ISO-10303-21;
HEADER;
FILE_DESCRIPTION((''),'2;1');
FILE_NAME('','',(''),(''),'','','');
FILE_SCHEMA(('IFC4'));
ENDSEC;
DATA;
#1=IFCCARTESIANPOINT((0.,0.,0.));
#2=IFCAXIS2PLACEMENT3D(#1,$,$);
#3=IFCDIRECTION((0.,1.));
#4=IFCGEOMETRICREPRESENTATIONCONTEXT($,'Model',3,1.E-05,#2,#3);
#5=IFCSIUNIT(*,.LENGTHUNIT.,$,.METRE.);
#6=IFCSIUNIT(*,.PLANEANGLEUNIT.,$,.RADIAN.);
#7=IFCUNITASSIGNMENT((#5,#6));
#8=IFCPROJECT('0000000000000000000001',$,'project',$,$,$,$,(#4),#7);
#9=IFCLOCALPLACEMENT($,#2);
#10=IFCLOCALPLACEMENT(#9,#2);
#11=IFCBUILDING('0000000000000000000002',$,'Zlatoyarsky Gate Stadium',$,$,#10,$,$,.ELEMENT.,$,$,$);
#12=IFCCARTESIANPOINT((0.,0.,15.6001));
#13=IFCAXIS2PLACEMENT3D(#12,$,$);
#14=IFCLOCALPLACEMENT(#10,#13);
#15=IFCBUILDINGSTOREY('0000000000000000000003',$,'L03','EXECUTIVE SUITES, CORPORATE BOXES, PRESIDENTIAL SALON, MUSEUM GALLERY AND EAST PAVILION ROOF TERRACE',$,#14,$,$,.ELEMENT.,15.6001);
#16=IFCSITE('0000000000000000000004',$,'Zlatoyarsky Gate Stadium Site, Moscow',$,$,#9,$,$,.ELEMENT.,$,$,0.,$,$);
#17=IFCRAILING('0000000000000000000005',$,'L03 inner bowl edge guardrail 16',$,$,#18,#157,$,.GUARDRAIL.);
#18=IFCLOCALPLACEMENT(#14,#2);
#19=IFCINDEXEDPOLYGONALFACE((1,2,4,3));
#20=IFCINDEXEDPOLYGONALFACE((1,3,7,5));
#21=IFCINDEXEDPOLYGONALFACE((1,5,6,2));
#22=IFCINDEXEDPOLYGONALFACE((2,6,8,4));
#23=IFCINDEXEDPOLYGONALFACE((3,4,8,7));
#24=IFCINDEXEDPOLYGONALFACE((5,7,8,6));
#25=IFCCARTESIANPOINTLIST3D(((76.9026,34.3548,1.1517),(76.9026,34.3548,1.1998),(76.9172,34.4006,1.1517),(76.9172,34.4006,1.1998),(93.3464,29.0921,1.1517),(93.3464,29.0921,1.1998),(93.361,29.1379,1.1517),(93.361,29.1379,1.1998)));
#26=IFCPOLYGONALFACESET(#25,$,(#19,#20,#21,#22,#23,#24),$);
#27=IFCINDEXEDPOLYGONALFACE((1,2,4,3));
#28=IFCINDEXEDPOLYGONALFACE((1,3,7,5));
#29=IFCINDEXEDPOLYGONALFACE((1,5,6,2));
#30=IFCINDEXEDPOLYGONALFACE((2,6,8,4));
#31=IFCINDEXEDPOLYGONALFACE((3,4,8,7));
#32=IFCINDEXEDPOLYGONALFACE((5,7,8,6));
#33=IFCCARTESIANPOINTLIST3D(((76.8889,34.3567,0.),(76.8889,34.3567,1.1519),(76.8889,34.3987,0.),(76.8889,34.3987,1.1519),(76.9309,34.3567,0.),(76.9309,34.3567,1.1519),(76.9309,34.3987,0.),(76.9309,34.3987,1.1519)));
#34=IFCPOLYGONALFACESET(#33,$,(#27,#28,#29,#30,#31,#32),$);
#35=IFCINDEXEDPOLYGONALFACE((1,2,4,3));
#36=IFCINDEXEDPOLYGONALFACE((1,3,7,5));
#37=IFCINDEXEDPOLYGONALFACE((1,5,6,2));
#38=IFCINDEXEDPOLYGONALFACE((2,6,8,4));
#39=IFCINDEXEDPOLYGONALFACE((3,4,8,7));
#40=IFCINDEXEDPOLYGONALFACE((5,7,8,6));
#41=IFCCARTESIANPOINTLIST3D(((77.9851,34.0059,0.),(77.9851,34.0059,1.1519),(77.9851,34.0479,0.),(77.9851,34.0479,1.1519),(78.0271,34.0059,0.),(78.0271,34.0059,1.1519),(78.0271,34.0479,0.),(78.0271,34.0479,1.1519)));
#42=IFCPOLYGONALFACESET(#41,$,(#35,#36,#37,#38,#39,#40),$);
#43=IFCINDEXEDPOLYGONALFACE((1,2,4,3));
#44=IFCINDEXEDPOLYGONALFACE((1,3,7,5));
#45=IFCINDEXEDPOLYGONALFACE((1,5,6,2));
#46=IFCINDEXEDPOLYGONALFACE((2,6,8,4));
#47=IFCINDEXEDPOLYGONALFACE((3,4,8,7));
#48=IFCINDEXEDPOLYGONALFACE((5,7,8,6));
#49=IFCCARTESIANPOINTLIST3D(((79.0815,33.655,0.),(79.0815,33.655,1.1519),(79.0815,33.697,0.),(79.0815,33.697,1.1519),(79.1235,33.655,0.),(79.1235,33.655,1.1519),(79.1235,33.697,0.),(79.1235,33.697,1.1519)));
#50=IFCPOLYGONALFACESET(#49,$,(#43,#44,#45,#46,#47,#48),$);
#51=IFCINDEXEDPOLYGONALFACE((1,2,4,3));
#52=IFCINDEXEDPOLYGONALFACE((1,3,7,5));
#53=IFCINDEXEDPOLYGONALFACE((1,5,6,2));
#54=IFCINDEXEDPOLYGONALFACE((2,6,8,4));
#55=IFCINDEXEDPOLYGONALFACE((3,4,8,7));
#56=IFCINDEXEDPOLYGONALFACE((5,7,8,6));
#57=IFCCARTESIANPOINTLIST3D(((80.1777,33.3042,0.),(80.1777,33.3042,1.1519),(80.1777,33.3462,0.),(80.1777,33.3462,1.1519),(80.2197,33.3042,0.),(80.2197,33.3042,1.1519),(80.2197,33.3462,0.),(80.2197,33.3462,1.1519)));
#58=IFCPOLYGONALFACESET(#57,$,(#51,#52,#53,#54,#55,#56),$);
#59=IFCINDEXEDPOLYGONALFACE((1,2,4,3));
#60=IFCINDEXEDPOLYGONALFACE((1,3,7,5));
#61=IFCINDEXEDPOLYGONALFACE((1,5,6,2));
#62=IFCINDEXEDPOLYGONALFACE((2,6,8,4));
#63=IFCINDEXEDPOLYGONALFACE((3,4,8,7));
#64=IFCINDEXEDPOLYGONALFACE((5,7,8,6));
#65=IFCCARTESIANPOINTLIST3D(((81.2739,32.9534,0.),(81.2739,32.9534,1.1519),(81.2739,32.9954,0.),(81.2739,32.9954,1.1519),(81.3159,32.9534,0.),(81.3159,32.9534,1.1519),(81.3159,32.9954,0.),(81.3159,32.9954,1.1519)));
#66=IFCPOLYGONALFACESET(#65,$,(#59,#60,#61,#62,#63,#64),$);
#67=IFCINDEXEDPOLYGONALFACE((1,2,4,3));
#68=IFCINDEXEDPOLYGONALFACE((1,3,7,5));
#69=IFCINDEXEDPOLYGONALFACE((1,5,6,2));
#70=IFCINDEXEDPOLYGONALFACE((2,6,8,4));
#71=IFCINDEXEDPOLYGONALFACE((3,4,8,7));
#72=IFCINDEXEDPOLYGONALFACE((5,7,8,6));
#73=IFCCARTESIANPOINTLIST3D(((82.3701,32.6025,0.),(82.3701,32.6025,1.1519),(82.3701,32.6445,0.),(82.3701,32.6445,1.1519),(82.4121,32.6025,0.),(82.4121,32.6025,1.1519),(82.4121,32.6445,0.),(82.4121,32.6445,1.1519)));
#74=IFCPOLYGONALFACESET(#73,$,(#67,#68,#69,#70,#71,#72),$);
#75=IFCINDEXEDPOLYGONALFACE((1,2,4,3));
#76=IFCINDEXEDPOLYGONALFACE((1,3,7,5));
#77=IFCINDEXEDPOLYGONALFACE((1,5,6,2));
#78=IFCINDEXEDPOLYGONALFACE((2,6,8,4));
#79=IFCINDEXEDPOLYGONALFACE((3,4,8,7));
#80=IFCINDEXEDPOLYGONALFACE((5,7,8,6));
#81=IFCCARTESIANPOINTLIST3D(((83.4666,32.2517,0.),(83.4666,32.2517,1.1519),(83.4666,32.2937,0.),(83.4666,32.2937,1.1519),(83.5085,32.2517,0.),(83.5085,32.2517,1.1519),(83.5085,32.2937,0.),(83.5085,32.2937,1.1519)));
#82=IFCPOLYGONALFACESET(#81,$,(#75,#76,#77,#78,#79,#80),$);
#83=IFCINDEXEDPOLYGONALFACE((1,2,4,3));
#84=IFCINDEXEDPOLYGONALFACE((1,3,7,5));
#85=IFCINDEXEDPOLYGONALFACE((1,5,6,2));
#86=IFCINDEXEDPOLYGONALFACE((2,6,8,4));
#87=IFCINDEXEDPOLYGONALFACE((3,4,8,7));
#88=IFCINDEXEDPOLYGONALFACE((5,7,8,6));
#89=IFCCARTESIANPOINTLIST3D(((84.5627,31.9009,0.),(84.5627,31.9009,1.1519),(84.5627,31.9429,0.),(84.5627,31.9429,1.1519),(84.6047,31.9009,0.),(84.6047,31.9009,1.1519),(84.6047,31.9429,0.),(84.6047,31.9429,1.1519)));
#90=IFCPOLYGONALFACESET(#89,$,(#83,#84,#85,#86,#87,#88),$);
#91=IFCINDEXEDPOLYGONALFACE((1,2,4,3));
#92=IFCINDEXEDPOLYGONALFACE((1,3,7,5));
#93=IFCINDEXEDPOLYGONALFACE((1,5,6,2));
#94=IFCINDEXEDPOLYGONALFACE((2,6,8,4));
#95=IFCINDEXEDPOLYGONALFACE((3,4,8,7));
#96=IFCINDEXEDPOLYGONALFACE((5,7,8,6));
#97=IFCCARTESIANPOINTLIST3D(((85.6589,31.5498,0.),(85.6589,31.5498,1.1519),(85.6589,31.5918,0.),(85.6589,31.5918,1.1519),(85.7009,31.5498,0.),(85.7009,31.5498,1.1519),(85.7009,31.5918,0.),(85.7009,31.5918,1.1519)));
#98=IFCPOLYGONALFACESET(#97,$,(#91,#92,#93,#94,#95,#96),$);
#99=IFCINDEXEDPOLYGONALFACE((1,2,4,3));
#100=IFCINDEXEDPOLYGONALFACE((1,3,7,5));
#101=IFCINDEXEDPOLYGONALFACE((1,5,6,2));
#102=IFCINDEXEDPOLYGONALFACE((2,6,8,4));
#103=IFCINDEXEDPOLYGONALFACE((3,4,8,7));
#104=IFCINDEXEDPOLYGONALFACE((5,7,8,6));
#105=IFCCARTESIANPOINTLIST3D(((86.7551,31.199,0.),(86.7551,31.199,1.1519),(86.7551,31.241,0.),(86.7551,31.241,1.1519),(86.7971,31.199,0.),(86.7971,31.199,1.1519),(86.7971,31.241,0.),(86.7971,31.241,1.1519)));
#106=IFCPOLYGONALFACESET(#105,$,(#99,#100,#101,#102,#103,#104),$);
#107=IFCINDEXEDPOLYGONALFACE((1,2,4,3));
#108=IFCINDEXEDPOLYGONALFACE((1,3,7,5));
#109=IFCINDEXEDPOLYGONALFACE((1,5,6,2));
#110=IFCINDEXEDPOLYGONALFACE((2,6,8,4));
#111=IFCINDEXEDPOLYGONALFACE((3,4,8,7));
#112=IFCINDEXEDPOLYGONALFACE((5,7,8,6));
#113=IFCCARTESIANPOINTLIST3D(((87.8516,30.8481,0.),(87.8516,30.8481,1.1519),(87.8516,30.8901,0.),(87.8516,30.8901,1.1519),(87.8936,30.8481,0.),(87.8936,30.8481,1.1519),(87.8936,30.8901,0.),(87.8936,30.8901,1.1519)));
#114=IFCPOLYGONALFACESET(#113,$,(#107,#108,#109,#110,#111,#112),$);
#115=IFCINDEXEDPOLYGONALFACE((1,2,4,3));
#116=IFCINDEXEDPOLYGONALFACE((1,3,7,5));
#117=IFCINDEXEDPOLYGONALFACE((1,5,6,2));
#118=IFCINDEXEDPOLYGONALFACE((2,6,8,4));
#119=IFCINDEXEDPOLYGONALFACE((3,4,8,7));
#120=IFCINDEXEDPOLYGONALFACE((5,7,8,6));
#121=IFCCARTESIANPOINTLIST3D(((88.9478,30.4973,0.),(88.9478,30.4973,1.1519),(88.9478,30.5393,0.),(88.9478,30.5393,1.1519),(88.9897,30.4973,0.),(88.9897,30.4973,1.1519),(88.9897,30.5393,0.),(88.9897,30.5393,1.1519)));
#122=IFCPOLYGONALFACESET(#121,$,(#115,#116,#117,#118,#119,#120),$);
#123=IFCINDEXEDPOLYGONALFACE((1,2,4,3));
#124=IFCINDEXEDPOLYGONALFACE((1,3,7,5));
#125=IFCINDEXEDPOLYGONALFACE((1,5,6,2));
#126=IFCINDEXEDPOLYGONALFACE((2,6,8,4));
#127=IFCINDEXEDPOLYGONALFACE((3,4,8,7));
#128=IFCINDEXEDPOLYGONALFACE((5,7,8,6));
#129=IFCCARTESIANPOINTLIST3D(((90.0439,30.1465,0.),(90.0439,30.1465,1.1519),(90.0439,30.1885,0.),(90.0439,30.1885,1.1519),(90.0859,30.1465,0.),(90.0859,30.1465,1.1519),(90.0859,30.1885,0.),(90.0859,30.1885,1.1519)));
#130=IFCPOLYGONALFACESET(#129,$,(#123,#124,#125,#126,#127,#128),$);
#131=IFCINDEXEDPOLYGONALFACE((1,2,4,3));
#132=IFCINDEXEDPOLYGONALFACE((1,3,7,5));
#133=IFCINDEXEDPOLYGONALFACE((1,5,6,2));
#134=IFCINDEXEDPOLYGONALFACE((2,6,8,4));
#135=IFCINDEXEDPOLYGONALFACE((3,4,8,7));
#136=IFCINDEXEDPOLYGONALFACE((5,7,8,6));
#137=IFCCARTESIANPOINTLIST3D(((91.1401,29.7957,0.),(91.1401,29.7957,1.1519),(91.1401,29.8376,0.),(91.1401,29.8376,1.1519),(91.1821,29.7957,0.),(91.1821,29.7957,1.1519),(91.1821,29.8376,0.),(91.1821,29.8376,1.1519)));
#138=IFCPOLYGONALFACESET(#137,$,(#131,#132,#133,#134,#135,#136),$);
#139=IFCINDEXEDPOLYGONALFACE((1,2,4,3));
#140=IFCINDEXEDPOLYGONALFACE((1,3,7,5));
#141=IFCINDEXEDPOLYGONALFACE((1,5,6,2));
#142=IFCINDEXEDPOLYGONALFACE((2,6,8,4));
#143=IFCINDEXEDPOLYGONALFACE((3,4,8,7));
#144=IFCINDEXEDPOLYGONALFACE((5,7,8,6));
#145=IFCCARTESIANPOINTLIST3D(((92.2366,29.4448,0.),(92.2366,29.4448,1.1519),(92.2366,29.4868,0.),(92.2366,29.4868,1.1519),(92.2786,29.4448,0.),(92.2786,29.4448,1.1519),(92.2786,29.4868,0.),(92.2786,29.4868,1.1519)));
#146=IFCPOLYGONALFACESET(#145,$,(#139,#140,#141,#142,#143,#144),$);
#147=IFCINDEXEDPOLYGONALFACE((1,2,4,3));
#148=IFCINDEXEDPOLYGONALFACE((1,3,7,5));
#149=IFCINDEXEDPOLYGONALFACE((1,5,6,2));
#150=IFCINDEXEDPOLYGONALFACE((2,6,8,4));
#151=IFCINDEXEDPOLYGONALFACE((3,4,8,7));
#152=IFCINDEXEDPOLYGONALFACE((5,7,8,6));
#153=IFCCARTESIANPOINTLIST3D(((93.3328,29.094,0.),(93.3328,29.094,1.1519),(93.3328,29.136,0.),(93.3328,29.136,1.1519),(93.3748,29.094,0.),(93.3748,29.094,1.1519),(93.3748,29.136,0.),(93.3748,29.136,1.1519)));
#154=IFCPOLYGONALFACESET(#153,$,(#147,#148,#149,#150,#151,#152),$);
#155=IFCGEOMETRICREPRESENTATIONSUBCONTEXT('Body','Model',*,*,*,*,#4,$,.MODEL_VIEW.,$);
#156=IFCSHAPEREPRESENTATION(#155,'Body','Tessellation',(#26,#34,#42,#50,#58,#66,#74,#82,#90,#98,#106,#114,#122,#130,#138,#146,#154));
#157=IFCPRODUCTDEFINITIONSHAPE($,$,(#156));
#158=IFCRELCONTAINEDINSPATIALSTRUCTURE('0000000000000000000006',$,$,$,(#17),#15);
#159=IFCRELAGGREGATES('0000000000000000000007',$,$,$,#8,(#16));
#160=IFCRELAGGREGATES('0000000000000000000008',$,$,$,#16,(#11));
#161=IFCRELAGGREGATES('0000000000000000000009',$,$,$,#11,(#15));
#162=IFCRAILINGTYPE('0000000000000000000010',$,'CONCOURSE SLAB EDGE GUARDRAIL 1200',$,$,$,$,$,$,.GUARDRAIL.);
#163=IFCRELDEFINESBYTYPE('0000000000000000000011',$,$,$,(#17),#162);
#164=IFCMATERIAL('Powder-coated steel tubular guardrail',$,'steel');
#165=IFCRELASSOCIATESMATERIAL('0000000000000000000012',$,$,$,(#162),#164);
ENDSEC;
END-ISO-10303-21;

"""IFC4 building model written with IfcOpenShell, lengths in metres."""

from ifc_helpers import new_model, si_unit, direction, frame, origin, origin_2d, place, context, subcontext, project, spatial, rectangle, extrude, material, type_object, element, save


model = new_model("IFC4")

# Units and contexts
model_context = context("Model", 3, precision=1e-05, world=origin(), true_north=direction((0.0, 1.0)))
body_context = subcontext(model_context, "Body", "Model", "MODEL_VIEW")
ifc_project = project(units=[si_unit("LENGTHUNIT", "METRE"), si_unit("PLANEANGLEUNIT", "RADIAN")], contexts=[model_context])

# Site, building, storey
site_placement = place(None, origin())
site = spatial("IfcSite", under=ifc_project, at=site_placement, Name="Zlatoyarsky Gate Stadium Site, Moscow", CompositionType="ELEMENT", RefElevation=0.0)
building_placement = place(site_placement, origin())
building = spatial("IfcBuilding", under=site, at=building_placement, Name="Zlatoyarsky Gate Stadium", CompositionType="ELEMENT")
storey_placement = place(building_placement, frame((0.0, 0.0, 15.6001)))
storey = spatial("IfcBuildingStorey", under=building, at=storey_placement, Name="L03", Description="EXECUTIVE SUITES, CORPORATE BOXES, PRESIDENTIAL SALON, MUSEUM GALLERY AND EAST PAVILION ROOF TERRACE", CompositionType="ELEMENT", Elevation=15.6001)

# Railing
ifc_material_1 = material(Name="Powder-coated steel tubular guardrail", Category="steel")
railing_type = type_object("IfcRailingType", Name="CONCOURSE SLAB EDGE GUARDRAIL 1200", PredefinedType="GUARDRAIL", material=ifc_material_1)
railing_1_placement = place(storey_placement, frame((76.9099, 34.3777, 0.0)))
element("IfcRailing", 1, at=railing_1_placement, inside=storey, type_object=railing_type, Name="L03 inner bowl edge guardrail 16", PredefinedType="GUARDRAIL", context=body_context, shape_type="SweptSolid", body=[
    extrude(rectangle(XDim=0.0481, YDim=0.0481, at=origin_2d()), frame((0.0, 0.0, 1.1758), z_axis=(0.952413, -0.304811, 0.0), x_axis=(0.304811, 0.952413, 0.0)), (0.0, 0.0, 1.0), 17.2654),
    extrude(rectangle(XDim=0.042, YDim=0.042, at=origin_2d()), origin(), (0.0, 0.0, 1.0), 1.1519),
    extrude(rectangle(XDim=0.042, YDim=0.042, at=origin_2d()), frame((1.0962, -0.3508, 0.0)), (0.0, 0.0, 1.0), 1.1519),
    extrude(rectangle(XDim=0.042, YDim=0.042, at=origin_2d()), frame((2.1926, -0.7017, 0.0)), (0.0, 0.0, 1.0), 1.1519),
    extrude(rectangle(XDim=0.042, YDim=0.042, at=origin_2d()), frame((3.2888, -1.0525, 0.0)), (0.0, 0.0, 1.0), 1.1519),
    extrude(rectangle(XDim=0.042, YDim=0.042, at=origin_2d()), frame((4.385, -1.4033, 0.0)), (0.0, 0.0, 1.0), 1.1519),
    extrude(rectangle(XDim=0.042, YDim=0.042, at=origin_2d()), frame((5.4812, -1.7542, 0.0)), (0.0, 0.0, 1.0), 1.1519),
    extrude(rectangle(XDim=0.042, YDim=0.042, at=origin_2d()), frame((6.5776, -2.105, 0.0)), (0.0, 0.0, 1.0), 1.1519),
    extrude(rectangle(XDim=0.042, YDim=0.042, at=origin_2d()), frame((7.6738, -2.4558, 0.0)), (0.0, 0.0, 1.0), 1.1519),
    extrude(rectangle(XDim=0.042, YDim=0.042, at=origin_2d()), frame((8.77, -2.8069, 0.0)), (0.0, 0.0, 1.0), 1.1519),
    extrude(rectangle(XDim=0.042, YDim=0.042, at=origin_2d()), frame((9.8662, -3.1577, 0.0)), (0.0, 0.0, 1.0), 1.1519),
    extrude(rectangle(XDim=0.042, YDim=0.042, at=origin_2d()), frame((10.9626, -3.5085, 0.0)), (0.0, 0.0, 1.0), 1.1519),
    extrude(rectangle(XDim=0.042, YDim=0.042, at=origin_2d()), frame((12.0588, -3.8594, 0.0)), (0.0, 0.0, 1.0), 1.1519),
    extrude(rectangle(XDim=0.042, YDim=0.042, at=origin_2d()), frame((13.155, -4.2102, 0.0)), (0.0, 0.0, 1.0), 1.1519),
    extrude(rectangle(XDim=0.042, YDim=0.042, at=origin_2d()), frame((14.2512, -4.561, 0.0)), (0.0, 0.0, 1.0), 1.1519),
    extrude(rectangle(XDim=0.042, YDim=0.042, at=origin_2d()), frame((15.3477, -4.9119, 0.0)), (0.0, 0.0, 1.0), 1.1519),
    extrude(rectangle(XDim=0.042, YDim=0.042, at=origin_2d()), frame((16.4438, -5.2627, 0.0)), (0.0, 0.0, 1.0), 1.1519),
])

save(model, "model.ifc")
